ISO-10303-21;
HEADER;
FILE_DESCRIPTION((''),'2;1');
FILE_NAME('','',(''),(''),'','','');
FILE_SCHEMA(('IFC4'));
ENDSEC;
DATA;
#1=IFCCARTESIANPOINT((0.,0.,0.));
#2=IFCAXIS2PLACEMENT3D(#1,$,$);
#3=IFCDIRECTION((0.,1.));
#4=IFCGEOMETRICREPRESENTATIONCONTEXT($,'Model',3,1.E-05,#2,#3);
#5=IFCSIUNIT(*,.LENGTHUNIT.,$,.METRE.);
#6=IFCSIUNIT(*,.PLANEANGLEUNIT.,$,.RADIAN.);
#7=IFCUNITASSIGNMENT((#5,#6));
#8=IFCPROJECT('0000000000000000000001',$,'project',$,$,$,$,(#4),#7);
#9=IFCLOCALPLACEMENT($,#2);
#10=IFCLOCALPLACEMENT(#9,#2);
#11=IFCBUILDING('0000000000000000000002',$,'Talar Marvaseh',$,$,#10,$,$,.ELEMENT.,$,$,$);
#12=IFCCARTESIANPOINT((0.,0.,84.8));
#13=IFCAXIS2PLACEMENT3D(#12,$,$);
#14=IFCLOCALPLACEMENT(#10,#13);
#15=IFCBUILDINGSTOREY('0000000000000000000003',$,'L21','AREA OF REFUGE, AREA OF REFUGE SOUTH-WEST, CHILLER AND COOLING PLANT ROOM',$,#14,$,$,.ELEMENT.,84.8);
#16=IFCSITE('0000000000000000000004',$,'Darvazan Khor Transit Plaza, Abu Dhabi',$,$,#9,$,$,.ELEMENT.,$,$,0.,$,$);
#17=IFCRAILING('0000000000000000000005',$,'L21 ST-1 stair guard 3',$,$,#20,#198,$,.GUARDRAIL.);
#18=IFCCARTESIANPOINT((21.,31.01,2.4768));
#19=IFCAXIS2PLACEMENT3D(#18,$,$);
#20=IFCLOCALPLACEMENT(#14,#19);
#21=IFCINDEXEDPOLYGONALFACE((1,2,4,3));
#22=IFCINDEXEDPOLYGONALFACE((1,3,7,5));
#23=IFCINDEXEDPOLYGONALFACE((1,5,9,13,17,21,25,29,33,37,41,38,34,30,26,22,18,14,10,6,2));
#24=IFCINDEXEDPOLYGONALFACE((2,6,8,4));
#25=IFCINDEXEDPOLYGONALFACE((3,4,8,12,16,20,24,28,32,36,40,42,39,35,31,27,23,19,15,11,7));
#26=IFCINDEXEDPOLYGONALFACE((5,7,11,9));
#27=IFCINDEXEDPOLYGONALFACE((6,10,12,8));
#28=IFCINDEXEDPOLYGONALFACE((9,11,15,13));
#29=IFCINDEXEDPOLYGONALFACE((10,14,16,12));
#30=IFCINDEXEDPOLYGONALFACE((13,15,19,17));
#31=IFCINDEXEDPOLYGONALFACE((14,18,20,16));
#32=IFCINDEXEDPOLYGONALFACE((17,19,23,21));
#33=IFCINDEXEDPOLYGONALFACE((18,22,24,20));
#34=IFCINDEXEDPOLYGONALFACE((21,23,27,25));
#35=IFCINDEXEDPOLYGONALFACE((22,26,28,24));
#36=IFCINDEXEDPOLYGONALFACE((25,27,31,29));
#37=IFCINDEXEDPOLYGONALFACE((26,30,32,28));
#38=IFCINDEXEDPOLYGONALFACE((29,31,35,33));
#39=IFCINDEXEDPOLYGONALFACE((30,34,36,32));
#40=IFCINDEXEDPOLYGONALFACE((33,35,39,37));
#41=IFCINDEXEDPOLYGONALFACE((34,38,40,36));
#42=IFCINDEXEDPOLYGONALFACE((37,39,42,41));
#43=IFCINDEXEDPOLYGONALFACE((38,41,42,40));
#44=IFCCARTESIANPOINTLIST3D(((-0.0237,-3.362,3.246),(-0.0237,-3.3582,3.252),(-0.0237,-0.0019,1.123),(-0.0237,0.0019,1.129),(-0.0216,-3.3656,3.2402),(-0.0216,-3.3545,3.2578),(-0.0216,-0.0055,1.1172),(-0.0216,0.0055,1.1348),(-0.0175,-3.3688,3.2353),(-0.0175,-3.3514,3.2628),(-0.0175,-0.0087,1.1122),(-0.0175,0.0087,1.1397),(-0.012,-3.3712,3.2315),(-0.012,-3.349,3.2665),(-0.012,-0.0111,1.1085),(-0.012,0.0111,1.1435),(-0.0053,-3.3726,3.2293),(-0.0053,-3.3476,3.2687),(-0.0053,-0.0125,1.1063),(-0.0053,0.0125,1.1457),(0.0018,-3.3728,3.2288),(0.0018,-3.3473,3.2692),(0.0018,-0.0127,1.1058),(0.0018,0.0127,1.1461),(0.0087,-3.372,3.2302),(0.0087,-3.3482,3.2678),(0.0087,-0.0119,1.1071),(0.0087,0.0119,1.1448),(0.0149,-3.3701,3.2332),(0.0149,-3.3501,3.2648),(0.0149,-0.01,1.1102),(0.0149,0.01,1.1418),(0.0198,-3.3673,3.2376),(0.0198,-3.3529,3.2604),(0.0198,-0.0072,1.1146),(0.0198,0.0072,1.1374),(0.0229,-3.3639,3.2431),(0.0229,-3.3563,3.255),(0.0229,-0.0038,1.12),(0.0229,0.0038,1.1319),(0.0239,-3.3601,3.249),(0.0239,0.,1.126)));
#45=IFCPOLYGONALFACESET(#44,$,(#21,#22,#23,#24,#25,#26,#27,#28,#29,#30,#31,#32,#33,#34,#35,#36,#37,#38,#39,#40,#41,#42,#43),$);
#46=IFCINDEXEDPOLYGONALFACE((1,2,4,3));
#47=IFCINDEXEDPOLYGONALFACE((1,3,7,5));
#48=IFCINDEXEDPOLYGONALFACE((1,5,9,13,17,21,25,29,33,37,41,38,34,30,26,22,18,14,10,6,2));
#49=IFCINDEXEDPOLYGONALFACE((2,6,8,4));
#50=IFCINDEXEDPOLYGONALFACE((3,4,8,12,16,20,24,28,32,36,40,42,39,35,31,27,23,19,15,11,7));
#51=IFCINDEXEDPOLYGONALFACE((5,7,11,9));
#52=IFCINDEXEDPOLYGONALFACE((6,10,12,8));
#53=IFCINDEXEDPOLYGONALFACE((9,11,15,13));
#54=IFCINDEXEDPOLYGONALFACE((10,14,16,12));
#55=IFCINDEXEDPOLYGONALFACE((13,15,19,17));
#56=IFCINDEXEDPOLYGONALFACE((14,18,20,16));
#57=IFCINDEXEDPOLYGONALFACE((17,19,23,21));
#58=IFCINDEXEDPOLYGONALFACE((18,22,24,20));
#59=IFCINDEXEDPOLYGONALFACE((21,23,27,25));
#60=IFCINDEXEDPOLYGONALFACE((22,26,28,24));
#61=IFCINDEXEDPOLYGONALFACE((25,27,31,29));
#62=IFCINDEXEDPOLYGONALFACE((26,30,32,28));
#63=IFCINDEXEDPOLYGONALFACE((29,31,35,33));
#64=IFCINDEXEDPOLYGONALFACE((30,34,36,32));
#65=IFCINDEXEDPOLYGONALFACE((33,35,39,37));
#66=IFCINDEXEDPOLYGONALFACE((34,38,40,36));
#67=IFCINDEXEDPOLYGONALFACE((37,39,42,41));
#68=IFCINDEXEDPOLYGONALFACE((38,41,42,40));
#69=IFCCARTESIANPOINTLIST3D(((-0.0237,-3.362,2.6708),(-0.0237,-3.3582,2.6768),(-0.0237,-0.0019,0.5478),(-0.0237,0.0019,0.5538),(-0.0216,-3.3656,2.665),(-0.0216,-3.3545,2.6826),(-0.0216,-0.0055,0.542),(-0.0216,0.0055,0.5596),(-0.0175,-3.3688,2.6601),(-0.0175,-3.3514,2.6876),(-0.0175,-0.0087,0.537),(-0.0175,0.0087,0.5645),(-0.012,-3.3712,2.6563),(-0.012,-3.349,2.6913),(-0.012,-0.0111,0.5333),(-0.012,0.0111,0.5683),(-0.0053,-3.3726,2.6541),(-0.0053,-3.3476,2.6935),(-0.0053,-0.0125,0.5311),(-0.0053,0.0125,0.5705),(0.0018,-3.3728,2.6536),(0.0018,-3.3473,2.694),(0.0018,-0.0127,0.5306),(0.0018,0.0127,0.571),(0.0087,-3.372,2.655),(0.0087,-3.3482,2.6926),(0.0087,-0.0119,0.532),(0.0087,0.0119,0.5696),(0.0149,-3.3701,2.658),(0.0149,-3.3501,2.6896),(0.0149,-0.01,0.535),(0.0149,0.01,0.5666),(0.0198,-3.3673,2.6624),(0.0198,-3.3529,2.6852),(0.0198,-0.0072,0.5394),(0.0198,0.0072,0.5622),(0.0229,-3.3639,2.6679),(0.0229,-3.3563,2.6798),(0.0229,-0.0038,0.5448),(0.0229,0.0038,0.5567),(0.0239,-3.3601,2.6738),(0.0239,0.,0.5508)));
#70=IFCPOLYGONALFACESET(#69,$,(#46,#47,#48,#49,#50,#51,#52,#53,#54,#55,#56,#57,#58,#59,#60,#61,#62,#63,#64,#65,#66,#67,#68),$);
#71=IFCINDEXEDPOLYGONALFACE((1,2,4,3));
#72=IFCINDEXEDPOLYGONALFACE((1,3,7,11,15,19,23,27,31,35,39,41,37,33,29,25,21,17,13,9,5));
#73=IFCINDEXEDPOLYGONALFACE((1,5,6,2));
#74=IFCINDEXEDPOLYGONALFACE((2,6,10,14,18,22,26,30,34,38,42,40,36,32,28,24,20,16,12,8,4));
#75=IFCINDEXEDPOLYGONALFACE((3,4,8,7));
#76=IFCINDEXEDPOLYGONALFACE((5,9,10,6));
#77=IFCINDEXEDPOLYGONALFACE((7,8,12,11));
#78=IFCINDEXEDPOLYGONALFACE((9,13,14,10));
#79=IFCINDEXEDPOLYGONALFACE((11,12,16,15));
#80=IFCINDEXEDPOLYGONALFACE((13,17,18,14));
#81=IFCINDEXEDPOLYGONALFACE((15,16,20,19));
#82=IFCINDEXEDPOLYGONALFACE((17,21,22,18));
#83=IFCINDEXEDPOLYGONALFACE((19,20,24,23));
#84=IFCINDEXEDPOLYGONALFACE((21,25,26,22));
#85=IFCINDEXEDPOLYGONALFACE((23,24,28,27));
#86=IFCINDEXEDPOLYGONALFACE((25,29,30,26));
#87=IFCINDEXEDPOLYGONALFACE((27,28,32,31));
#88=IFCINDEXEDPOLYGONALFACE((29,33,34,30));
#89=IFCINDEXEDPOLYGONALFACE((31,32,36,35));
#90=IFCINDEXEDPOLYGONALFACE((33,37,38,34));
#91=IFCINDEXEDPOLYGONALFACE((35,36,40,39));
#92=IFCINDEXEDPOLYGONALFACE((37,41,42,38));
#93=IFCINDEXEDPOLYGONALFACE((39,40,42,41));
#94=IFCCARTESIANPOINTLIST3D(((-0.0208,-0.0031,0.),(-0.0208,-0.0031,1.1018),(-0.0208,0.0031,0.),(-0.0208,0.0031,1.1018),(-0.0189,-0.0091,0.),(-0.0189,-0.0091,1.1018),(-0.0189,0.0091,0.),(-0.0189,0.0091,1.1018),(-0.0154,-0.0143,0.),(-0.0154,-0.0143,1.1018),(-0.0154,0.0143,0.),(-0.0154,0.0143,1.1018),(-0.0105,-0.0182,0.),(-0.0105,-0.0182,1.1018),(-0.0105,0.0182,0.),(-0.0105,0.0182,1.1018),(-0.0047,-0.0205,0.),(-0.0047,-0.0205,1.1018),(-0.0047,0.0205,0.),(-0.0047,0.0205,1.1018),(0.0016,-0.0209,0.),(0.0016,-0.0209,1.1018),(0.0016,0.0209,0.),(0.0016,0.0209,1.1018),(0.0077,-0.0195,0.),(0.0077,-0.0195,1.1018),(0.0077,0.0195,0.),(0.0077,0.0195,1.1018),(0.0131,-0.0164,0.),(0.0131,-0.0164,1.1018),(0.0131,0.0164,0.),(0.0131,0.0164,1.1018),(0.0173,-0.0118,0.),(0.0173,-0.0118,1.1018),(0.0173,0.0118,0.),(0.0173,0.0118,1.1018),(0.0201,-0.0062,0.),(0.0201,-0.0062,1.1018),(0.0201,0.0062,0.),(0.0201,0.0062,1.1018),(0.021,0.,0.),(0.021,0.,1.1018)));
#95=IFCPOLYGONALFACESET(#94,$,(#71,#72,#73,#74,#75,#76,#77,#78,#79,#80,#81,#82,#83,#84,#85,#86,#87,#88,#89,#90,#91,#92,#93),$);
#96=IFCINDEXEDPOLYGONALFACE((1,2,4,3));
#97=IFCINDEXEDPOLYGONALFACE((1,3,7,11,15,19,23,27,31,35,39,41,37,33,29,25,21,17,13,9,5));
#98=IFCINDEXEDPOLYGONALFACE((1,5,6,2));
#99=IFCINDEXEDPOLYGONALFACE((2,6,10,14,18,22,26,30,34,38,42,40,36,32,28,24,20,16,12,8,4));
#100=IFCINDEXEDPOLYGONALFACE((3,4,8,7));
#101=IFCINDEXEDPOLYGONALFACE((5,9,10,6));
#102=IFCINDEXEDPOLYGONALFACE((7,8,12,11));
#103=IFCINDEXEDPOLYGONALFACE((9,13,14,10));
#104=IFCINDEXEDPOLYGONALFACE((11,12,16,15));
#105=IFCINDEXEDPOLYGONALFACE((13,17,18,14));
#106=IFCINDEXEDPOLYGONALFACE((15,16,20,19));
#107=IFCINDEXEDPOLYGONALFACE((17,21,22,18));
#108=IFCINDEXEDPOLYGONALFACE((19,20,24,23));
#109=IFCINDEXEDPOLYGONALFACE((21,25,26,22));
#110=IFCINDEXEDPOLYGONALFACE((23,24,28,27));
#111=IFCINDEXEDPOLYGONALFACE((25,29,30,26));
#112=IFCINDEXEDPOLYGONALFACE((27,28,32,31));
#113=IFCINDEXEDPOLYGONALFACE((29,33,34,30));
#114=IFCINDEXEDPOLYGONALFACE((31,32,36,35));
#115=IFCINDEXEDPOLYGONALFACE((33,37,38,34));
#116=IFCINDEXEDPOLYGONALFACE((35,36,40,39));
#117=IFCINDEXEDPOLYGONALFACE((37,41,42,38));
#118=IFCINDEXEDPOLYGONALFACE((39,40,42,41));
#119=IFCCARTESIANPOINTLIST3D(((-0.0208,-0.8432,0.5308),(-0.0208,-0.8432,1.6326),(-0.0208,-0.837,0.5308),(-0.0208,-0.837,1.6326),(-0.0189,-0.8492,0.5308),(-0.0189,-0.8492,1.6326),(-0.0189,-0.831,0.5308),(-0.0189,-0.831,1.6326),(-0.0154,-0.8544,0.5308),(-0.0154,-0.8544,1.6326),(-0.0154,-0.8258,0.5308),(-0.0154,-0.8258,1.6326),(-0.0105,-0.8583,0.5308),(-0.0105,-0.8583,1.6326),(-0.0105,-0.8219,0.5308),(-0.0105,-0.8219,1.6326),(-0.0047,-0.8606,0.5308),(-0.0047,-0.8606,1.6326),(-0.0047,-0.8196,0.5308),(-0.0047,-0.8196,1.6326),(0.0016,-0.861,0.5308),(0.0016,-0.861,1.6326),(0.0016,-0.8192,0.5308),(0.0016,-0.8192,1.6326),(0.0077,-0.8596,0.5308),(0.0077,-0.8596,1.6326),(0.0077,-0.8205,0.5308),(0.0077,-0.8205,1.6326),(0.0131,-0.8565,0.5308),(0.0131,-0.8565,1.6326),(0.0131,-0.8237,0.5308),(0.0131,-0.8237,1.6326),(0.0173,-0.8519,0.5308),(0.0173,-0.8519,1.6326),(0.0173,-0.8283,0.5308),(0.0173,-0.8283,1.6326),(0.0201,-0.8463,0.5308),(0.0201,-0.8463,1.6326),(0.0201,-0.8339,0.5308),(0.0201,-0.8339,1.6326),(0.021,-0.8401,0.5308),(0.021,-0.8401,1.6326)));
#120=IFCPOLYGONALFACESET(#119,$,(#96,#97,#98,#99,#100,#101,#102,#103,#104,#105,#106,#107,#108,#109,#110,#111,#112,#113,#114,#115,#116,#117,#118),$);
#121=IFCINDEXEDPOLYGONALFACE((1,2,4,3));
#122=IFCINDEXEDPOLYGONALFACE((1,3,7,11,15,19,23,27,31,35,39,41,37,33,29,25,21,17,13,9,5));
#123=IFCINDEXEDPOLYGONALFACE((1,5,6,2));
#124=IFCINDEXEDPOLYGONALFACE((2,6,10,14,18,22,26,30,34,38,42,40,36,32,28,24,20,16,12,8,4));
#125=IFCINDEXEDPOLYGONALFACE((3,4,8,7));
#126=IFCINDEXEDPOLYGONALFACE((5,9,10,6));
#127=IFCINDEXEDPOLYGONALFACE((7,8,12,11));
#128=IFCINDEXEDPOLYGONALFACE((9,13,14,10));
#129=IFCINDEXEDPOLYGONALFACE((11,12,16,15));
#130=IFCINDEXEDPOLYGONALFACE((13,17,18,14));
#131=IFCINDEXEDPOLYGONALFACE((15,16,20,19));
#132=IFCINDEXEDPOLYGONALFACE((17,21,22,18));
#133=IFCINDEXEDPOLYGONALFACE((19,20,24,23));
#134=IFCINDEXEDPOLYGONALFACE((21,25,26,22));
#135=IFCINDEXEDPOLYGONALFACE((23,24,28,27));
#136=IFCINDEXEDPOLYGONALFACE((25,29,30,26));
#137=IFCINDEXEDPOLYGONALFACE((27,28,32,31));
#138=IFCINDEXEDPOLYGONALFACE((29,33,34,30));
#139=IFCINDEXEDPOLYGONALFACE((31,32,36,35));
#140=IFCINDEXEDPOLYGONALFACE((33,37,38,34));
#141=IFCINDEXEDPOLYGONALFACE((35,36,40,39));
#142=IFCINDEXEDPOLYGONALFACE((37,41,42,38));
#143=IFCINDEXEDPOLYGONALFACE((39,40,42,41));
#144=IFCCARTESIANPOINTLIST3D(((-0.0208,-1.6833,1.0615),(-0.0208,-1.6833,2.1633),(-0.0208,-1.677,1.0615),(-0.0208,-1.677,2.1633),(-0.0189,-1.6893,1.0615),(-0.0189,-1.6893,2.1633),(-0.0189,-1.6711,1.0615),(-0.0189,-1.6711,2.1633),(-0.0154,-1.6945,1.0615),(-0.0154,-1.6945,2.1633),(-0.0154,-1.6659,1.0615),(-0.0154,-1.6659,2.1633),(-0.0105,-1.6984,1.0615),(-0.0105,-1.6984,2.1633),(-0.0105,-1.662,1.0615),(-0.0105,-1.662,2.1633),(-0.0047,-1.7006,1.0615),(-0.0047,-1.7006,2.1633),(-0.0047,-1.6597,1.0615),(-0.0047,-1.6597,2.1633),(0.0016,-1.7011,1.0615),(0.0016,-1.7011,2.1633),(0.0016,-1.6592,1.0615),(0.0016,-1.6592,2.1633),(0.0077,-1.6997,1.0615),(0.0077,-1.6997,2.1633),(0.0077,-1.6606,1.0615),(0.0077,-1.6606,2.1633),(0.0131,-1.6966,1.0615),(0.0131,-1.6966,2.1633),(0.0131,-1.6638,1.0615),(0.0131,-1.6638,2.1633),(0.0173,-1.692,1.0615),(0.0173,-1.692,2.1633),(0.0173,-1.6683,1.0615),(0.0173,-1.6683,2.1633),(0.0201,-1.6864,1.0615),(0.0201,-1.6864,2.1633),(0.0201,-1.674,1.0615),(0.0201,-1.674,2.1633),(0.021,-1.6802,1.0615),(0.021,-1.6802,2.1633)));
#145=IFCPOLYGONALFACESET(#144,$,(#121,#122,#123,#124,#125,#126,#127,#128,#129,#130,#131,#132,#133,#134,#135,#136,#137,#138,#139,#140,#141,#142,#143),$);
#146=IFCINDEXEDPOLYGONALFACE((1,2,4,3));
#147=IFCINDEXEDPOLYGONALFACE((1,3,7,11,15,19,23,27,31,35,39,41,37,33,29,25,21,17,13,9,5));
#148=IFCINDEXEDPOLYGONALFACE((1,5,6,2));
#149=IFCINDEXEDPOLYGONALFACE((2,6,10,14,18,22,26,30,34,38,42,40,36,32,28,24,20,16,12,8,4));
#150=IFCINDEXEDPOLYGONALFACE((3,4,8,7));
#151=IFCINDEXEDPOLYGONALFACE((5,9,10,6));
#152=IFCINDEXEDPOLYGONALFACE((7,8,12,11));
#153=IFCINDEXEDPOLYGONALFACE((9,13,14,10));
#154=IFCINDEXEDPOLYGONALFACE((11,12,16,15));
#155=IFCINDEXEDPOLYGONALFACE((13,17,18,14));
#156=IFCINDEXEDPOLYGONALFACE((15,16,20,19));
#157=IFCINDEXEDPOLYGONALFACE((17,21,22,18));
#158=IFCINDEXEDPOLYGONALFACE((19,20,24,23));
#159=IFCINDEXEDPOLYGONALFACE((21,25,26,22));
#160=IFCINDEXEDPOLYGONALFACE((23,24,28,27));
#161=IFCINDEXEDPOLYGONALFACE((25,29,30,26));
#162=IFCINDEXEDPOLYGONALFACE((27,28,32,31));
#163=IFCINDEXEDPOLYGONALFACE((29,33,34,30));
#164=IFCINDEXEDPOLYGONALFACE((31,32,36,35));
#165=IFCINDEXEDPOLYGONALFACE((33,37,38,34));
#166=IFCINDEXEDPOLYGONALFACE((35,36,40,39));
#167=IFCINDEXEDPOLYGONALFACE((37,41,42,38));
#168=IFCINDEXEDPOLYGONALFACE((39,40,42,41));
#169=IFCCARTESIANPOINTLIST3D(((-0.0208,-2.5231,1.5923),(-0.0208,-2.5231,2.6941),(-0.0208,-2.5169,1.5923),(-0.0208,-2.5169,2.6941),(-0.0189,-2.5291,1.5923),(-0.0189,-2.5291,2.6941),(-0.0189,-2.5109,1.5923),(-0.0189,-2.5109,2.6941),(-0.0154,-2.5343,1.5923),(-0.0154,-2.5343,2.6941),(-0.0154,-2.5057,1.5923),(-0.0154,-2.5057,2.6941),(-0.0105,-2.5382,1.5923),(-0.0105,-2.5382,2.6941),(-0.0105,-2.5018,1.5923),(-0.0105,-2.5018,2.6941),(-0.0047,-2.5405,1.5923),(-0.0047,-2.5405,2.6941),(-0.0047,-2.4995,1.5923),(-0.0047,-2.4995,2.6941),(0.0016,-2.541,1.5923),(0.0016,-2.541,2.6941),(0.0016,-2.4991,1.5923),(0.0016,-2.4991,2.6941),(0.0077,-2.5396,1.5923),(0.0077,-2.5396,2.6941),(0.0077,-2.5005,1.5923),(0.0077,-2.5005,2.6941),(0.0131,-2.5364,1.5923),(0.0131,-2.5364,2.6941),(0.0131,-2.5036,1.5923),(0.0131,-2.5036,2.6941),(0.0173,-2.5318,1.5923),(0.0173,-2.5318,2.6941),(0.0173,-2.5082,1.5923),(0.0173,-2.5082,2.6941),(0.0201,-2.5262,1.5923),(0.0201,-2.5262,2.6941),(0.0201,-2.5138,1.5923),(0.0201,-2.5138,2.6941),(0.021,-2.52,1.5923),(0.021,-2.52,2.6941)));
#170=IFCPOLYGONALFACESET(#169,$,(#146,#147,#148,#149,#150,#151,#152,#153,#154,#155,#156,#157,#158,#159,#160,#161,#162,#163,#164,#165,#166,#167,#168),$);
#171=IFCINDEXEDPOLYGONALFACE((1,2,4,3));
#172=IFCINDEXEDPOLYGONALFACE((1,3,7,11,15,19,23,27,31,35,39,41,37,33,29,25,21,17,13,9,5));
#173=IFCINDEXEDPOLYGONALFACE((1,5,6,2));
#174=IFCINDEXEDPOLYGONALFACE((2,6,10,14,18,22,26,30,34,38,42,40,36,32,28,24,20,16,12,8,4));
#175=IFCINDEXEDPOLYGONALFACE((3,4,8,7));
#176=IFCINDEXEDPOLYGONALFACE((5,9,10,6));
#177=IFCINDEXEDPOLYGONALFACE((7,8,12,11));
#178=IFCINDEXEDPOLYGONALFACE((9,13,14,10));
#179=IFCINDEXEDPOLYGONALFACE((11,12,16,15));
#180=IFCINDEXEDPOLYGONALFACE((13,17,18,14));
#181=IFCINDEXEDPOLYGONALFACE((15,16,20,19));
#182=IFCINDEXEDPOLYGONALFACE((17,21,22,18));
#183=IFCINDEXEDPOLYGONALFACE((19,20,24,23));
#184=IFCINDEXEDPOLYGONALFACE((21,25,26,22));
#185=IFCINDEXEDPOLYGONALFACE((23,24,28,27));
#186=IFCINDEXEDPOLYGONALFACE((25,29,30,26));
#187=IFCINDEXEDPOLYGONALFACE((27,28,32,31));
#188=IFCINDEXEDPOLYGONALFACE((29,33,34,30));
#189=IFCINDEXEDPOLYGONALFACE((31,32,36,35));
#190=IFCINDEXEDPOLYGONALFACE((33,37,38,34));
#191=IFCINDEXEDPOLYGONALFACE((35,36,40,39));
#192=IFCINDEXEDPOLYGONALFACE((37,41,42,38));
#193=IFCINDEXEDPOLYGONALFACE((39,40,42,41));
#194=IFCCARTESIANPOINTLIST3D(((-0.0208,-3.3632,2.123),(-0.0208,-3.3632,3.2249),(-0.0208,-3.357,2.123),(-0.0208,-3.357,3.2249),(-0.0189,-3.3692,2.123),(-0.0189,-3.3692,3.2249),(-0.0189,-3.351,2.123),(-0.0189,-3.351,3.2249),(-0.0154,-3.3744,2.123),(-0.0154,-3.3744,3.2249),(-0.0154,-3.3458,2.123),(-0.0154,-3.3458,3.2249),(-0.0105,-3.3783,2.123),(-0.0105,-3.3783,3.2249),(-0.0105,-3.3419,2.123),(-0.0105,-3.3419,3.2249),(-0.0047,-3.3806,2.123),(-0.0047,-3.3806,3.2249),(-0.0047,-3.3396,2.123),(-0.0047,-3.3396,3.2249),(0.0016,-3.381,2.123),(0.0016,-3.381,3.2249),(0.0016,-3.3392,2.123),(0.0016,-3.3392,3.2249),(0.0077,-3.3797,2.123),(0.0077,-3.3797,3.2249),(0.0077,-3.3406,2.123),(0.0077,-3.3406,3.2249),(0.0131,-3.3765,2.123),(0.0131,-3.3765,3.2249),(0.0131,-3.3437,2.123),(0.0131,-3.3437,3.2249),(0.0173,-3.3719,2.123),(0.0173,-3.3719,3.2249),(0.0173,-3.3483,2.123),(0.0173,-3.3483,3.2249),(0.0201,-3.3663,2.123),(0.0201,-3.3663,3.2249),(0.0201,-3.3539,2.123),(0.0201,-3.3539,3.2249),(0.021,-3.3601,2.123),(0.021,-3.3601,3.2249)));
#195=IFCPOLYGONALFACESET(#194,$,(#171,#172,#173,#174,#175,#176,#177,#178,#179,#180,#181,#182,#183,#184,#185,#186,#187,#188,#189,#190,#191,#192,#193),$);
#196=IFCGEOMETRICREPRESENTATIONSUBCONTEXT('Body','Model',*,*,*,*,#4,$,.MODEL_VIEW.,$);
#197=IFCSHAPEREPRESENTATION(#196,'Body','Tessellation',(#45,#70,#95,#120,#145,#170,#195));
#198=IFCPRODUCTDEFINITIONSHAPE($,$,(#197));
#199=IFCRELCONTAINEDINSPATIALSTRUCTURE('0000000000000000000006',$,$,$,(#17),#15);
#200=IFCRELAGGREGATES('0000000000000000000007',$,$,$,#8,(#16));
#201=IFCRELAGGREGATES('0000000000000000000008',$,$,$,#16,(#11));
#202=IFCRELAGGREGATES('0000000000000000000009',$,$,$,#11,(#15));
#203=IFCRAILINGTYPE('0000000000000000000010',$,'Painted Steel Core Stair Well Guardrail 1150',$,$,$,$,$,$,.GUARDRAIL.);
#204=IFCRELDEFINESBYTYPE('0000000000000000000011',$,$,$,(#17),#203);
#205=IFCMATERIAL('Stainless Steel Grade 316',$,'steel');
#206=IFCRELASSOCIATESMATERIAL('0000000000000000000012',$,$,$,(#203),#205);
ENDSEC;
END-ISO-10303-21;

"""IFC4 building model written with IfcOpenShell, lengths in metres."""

from ifc_helpers import new_model, si_unit, direction, frame, origin, origin_2d, place, context, subcontext, project, spatial, circle, extrude, material, type_object, element, save


model = new_model("IFC4")

# Units and contexts
model_context = context("Model", 3, precision=1e-05, world=origin(), true_north=direction((0.0, 1.0)))
body_context = subcontext(model_context, "Body", "Model", "MODEL_VIEW")
ifc_project = project(units=[si_unit("LENGTHUNIT", "METRE"), si_unit("PLANEANGLEUNIT", "RADIAN")], contexts=[model_context])

# Site, building, storey
site_placement = place(None, origin())
site = spatial("IfcSite", under=ifc_project, at=site_placement, Name="Darvazan Khor Transit Plaza, Abu Dhabi", CompositionType="ELEMENT", RefElevation=0.0)
building_placement = place(site_placement, origin())
building = spatial("IfcBuilding", under=site, at=building_placement, Name="Talar Marvaseh", CompositionType="ELEMENT")
storey_placement = place(building_placement, frame((0.0, 0.0, 84.8)))
storey = spatial("IfcBuildingStorey", under=building, at=storey_placement, Name="L21", Description="AREA OF REFUGE, AREA OF REFUGE SOUTH-WEST, CHILLER AND COOLING PLANT ROOM", CompositionType="ELEMENT", Elevation=84.8)

# Shared definitions
ifc_material_1 = material(Name="Stainless Steel Grade 316", Category="steel")

# Railing
railing_type_1 = type_object("IfcRailingType", Name="Painted Steel Core Stair Well Guardrail 1150", PredefinedType="GUARDRAIL", material=ifc_material_1)
railing_1_placement = place(storey_placement, frame((21.0, 31.01, 2.4768)))
element("IfcRailing", 1, at=railing_1_placement, inside=storey, type_object=railing_type_1, Name="L21 ST-1 stair guard 3", PredefinedType="GUARDRAIL", context=body_context, shape_type="SweptSolid", body=[
    extrude(circle(Radius=0.0239, at=origin_2d()), frame((0.0, 0.0, 1.126), z_axis=(0.0, -0.84539, 0.53415), x_axis=(1.0, 0.0, 0.0)), (0.0, 0.0, 1.0), 3.9746),
    extrude(circle(Radius=0.0239, at=origin_2d()), frame((0.0, 0.0, 0.5508), z_axis=(0.0, -0.84539, 0.53415), x_axis=(1.0, 0.0, 0.0)), (0.0, 0.0, 1.0), 3.9746),
    extrude(circle(Radius=0.021, at=origin_2d()), origin(), (0.0, 0.0, 1.0), 1.1018),
    extrude(circle(Radius=0.021, at=origin_2d()), frame((0.0, -0.8401, 0.5308)), (0.0, 0.0, 1.0), 1.1018),
    extrude(circle(Radius=0.021, at=origin_2d()), frame((0.0, -1.6802, 1.0615)), (0.0, 0.0, 1.0), 1.1018),
    extrude(circle(Radius=0.021, at=origin_2d()), frame((0.0, -2.52, 1.5923)), (0.0, 0.0, 1.0), 1.1018),
    extrude(circle(Radius=0.021, at=origin_2d()), frame((0.0, -3.3601, 2.123)), (0.0, 0.0, 1.0), 1.1018),
])

save(model, "model.ifc")
